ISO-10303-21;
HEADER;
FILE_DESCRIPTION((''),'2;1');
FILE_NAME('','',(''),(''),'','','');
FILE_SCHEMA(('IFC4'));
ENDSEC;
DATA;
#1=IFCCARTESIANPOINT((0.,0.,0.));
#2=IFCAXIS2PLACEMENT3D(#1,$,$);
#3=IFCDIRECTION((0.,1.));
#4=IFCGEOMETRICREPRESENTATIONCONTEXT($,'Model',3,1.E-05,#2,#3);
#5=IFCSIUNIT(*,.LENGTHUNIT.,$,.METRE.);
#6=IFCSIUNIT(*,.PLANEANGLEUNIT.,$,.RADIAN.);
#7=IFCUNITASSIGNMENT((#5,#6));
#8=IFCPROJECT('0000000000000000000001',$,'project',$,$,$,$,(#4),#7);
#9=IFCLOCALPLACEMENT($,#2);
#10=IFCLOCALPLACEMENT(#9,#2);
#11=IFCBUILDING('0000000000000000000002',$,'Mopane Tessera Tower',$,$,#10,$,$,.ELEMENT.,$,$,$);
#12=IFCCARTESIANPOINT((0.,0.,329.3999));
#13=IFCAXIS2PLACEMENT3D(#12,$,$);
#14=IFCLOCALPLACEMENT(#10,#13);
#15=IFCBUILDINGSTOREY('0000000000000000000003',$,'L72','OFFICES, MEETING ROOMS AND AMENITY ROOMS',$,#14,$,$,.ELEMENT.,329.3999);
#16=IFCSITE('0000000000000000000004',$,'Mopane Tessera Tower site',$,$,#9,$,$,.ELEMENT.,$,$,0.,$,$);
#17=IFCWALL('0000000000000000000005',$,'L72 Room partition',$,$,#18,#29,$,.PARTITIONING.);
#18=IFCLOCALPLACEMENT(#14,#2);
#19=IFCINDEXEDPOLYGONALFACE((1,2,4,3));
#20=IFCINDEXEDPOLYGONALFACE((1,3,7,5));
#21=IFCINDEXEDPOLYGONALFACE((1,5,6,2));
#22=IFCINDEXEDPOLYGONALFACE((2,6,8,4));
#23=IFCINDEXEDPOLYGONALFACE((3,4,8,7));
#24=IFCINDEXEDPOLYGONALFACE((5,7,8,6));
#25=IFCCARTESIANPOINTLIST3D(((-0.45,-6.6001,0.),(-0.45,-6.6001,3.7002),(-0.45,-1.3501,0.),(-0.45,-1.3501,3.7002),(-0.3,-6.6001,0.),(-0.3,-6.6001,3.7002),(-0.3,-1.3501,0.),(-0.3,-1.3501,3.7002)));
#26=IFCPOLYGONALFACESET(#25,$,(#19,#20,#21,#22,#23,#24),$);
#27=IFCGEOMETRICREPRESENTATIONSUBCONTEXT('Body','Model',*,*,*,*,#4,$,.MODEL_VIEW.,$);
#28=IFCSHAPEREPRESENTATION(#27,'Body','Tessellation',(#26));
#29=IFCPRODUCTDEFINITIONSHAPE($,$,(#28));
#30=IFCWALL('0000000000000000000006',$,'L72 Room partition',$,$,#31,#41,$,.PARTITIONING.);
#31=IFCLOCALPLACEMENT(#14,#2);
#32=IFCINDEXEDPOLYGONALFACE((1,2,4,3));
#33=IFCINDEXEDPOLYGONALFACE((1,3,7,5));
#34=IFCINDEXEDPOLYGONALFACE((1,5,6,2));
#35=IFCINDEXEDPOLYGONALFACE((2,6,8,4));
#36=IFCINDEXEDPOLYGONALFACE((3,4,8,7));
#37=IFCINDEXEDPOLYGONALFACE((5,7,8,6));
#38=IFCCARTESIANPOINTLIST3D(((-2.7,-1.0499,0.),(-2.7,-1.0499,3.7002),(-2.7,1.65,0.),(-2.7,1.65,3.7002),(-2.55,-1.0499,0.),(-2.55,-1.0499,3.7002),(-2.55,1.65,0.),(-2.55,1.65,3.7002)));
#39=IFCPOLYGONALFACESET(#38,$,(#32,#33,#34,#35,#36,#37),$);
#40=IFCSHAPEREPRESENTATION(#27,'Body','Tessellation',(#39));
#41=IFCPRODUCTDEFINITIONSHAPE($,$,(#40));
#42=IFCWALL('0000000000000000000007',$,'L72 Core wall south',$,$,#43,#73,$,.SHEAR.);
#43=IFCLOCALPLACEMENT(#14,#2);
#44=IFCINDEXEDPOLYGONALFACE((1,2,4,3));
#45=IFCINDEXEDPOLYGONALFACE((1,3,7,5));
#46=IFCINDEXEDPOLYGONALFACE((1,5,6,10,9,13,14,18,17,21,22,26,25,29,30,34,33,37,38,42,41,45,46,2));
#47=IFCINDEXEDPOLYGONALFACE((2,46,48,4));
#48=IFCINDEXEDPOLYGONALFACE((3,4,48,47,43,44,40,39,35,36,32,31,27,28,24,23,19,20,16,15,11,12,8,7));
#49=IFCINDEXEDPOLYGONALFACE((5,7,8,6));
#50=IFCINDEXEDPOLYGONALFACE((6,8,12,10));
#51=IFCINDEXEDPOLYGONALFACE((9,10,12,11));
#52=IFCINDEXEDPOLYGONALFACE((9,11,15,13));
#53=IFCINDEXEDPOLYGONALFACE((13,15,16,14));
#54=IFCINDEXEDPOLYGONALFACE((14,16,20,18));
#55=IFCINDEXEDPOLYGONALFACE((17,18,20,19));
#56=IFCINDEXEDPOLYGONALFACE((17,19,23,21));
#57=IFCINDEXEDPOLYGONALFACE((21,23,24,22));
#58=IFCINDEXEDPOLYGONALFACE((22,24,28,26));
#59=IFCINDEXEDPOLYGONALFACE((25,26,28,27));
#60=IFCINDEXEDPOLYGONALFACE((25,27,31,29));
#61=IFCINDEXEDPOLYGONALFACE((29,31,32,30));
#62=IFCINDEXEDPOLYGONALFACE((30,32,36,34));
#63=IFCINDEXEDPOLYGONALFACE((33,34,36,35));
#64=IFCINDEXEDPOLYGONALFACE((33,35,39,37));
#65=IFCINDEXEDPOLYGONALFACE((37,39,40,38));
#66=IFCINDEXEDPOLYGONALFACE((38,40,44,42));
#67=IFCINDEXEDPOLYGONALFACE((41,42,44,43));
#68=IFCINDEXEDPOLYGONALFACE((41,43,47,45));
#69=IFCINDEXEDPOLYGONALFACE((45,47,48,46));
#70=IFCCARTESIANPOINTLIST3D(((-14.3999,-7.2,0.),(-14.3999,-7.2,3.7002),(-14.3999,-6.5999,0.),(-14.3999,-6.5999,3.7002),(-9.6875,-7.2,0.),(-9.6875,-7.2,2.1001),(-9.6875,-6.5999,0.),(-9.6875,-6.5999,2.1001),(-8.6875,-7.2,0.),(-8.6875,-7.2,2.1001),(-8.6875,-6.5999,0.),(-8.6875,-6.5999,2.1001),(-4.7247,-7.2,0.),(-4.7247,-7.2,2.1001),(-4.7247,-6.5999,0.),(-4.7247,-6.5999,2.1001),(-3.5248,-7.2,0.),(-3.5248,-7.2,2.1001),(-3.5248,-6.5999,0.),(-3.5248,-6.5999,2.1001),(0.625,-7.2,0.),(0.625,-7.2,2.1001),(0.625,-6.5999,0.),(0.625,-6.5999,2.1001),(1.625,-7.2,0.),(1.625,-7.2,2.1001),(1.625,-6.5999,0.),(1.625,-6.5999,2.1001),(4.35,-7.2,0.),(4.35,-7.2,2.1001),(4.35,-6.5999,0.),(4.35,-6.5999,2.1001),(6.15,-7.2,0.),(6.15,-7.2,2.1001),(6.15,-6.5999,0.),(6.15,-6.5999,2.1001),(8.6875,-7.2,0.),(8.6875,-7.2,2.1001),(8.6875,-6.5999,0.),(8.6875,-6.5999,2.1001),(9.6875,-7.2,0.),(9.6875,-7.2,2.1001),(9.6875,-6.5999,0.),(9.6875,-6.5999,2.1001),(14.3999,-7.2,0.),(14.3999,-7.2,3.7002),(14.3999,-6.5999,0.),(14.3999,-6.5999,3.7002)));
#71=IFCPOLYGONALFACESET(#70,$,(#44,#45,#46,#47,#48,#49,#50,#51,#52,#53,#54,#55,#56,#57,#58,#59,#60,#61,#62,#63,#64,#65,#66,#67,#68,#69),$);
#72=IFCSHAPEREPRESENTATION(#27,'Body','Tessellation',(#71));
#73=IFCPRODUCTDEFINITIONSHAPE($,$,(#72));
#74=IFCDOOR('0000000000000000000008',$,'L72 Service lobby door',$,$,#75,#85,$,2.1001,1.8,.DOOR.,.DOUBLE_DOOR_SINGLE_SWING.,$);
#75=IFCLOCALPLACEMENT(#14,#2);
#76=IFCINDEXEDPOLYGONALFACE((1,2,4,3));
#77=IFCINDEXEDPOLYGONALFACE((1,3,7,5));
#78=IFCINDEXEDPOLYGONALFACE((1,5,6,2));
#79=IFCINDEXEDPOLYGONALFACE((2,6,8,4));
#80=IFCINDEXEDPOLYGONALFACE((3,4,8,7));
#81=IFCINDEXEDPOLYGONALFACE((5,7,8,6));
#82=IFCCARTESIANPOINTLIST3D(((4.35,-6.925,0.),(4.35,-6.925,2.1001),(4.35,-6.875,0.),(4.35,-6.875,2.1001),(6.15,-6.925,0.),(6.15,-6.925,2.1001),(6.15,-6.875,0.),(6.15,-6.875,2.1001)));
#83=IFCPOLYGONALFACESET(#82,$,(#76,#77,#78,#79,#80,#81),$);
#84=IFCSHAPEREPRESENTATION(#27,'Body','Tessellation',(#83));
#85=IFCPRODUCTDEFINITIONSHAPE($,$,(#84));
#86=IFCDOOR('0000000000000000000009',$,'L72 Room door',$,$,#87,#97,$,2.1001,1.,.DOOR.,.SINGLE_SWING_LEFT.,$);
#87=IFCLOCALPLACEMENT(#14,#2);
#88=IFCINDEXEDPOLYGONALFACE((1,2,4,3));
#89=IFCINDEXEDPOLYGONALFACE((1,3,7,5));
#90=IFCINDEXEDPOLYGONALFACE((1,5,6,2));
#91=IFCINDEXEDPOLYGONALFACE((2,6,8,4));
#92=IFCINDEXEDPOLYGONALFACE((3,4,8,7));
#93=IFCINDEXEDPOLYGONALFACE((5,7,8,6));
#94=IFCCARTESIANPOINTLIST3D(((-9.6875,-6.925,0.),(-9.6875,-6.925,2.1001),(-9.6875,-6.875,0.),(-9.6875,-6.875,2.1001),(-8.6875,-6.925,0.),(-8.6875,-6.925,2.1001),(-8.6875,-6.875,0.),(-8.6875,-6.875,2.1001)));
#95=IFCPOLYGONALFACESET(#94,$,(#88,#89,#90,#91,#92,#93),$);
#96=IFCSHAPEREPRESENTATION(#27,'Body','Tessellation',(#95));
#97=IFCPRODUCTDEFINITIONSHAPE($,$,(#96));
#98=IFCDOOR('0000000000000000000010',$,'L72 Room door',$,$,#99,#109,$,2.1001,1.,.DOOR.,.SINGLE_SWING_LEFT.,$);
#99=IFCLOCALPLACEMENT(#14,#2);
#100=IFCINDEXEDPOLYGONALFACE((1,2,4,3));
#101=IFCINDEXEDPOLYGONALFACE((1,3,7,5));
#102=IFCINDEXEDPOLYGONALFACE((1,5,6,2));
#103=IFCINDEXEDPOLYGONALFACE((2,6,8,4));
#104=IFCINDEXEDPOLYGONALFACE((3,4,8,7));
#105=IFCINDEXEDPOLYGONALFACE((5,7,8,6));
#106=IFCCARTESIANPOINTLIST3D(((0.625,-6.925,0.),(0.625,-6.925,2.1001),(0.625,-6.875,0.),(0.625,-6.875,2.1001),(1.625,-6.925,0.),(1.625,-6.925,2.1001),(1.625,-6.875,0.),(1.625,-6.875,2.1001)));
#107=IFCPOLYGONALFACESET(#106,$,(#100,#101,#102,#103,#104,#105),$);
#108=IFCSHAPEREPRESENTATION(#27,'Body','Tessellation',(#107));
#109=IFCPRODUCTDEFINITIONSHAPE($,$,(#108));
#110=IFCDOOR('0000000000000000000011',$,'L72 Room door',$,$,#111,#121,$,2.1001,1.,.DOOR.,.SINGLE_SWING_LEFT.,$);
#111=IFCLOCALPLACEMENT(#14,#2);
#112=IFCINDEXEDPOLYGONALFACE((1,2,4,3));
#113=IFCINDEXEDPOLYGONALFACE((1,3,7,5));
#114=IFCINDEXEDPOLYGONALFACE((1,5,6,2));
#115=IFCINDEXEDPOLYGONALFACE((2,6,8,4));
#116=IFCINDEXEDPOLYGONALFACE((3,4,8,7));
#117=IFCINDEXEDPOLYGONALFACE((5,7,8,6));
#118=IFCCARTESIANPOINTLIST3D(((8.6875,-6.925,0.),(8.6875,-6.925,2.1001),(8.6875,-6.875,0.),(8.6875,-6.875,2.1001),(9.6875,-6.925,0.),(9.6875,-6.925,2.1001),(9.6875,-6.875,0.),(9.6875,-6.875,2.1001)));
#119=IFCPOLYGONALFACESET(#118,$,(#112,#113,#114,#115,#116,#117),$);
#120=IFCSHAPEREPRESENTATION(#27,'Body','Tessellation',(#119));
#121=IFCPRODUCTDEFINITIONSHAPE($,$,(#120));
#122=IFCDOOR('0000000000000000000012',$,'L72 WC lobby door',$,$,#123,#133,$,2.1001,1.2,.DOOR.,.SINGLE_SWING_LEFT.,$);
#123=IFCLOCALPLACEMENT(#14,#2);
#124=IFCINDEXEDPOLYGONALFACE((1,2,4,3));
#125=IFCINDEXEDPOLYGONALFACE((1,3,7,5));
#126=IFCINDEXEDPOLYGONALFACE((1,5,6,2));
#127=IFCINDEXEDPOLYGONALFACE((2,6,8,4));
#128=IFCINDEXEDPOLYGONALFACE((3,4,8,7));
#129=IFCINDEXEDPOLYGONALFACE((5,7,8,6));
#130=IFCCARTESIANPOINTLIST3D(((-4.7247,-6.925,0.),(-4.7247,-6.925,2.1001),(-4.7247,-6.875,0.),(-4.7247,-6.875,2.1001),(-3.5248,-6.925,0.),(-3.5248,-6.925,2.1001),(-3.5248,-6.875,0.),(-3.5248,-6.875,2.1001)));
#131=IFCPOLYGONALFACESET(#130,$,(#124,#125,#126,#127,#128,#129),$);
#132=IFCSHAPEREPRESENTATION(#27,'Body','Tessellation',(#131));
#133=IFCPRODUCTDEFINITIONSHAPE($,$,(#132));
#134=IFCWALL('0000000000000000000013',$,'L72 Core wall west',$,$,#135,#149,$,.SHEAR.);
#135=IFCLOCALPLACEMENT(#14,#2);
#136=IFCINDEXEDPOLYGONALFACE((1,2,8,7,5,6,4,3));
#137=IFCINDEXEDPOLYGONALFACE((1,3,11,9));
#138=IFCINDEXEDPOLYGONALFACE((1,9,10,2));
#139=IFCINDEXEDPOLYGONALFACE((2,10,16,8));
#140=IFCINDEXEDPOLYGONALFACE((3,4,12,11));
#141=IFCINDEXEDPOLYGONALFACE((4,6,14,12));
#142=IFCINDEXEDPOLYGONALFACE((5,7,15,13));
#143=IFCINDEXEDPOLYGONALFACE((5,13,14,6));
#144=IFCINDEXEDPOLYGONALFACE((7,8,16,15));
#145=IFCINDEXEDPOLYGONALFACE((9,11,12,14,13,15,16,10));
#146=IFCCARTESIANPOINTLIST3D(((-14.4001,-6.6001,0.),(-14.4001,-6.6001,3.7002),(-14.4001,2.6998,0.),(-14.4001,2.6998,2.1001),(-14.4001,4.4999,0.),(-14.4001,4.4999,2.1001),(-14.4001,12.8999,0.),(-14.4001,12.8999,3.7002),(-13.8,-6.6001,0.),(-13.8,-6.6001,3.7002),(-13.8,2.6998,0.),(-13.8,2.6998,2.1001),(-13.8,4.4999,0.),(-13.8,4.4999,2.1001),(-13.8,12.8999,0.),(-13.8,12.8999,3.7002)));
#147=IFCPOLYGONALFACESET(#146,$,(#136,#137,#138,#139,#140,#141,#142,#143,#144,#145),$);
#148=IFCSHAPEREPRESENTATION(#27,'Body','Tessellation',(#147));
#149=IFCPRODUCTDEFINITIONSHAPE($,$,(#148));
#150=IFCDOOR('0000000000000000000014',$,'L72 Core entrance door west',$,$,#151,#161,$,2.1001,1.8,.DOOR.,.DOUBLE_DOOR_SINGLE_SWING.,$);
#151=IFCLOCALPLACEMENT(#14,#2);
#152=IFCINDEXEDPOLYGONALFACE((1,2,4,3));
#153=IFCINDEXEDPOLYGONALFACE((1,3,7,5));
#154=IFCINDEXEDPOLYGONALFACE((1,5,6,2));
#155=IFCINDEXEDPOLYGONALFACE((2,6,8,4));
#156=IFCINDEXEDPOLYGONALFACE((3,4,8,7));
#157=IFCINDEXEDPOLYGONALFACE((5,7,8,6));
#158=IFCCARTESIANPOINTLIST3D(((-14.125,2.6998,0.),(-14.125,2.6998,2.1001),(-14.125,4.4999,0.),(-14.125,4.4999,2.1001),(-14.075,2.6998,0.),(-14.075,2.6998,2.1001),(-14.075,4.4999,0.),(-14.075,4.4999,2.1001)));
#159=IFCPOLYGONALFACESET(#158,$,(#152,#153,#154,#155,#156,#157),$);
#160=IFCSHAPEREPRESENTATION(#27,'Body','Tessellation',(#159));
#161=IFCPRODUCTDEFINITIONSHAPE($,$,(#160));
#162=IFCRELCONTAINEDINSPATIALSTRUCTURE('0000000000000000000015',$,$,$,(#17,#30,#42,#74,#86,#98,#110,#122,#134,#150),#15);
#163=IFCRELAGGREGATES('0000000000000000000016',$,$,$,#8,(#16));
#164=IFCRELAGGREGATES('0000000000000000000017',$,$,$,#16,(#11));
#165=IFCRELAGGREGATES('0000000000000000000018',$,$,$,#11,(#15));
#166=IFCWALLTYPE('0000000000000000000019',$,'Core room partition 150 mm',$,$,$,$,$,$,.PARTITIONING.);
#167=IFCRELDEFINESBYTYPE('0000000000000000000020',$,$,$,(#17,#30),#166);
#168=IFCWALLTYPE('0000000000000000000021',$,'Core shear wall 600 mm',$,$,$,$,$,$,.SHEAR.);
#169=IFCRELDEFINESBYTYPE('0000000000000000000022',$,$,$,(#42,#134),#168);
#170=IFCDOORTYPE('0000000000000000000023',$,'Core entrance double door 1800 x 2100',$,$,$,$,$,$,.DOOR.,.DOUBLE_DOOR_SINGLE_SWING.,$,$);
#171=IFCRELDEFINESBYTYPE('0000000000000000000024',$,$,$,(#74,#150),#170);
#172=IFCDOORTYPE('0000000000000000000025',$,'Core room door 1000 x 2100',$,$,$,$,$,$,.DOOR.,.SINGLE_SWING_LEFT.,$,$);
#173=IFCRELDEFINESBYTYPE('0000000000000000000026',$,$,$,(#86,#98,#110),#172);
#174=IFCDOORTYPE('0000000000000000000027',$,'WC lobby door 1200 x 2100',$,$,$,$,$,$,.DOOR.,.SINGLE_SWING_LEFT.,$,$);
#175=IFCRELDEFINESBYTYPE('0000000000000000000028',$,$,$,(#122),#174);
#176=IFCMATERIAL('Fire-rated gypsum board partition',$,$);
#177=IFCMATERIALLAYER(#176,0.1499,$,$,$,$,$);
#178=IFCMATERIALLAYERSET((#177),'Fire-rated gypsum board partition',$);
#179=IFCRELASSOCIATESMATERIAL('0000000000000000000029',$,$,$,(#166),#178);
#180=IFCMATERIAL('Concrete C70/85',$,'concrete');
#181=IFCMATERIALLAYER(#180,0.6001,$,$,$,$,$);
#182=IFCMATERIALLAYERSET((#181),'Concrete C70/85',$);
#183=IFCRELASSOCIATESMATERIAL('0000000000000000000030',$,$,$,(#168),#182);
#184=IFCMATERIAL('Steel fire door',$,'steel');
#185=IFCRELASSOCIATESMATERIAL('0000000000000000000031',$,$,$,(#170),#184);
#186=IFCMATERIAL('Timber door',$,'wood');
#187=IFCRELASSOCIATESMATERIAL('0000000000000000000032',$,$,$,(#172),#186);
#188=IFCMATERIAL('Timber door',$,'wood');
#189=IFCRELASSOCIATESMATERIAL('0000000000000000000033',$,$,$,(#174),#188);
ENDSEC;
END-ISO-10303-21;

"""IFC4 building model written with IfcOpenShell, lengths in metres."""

from ifc_helpers import new_model, si_unit, direction, frame, frame_2d, origin, place, context, subcontext, project, spatial, rectangle, extrude, material, layer, layer_set, type_object, element, fill, save


model = new_model("IFC4")

# Units and contexts
model_context = context("Model", 3, precision=1e-05, world=origin(), true_north=direction((0.0, 1.0)))
body_context = subcontext(model_context, "Body", "Model", "MODEL_VIEW")
ifc_project = project(units=[si_unit("LENGTHUNIT", "METRE"), si_unit("PLANEANGLEUNIT", "RADIAN")], contexts=[model_context])

# Site, building, storey
site_placement = place(None, origin())
site = spatial("IfcSite", under=ifc_project, at=site_placement, Name="Mopane Tessera Tower site", CompositionType="ELEMENT", RefElevation=0.0)
building_placement = place(site_placement, origin())
building = spatial("IfcBuilding", under=site, at=building_placement, Name="Mopane Tessera Tower", CompositionType="ELEMENT")
storey_placement = place(building_placement, frame((0.0, 0.0, 329.3999)))
storey = spatial("IfcBuildingStorey", under=building, at=storey_placement, Name="L72", Description="OFFICES, MEETING ROOMS AND AMENITY ROOMS", CompositionType="ELEMENT", Elevation=329.3999)

# Shared definitions
ifc_material_1 = material(Name="Fire-rated gypsum board partition")
ifc_layer_1 = layer(ifc_material_1, 0.1499)
ifc_layer_set_1 = layer_set([ifc_layer_1], Name="Fire-rated gypsum board partition")
wall_type_1 = type_object("IfcWallType", Name="Core room partition 150 mm", PredefinedType="PARTITIONING", material=ifc_layer_set_1)

# Walls
wall_1_placement = place(storey_placement, frame((-0.375, -6.6001, 0.0), z_axis=(0.0, 0.0, 1.0), x_axis=(0.0, 1.0, 0.0)))
element("IfcWall", 1, at=wall_1_placement, inside=storey, type_object=wall_type_1, Name="L72 Room partition", PredefinedType="PARTITIONING", context=body_context, shape_type="SweptSolid", body=[
    extrude(rectangle(XDim=5.25, YDim=0.1499, at=frame_2d((2.625, 0.0))), origin(), (0.0, 0.0, 1.0), 3.7002),
])
wall_2_placement = place(storey_placement, frame((-2.625, -1.05, 0.0), z_axis=(0.0, 0.0, 1.0), x_axis=(0.0, 1.0, 0.0)))
element("IfcWall", 2, at=wall_2_placement, inside=storey, type_object=wall_type_1, Name="L72 Room partition", PredefinedType="PARTITIONING", context=body_context, shape_type="SweptSolid", body=[
    extrude(rectangle(XDim=2.7, YDim=0.1499, at=frame_2d((1.3501, 0.0))), origin(), (0.0, 0.0, 1.0), 3.7002),
])

# Wall, openings, doors
ifc_material_2 = material(Name="Concrete C70/85", Category="concrete")
ifc_layer_2 = layer(ifc_material_2, 0.6001)
ifc_layer_set_2 = layer_set([ifc_layer_2], Name="Concrete C70/85")
wall_type_2 = type_object("IfcWallType", Name="Core shear wall 600 mm", PredefinedType="SHEAR", material=ifc_layer_set_2)
wall_3_placement = place(storey_placement, frame((-14.3999, -6.8999, 0.0), z_axis=(0.0, 0.0, 1.0), x_axis=(1.0, 0.0, 0.0)))
wall_3 = element("IfcWall", 3, at=wall_3_placement, inside=storey, type_object=wall_type_2, Name="L72 Core wall south", PredefinedType="SHEAR", context=body_context, shape_type="SweptSolid", body=[
    extrude(rectangle(XDim=28.7998, YDim=0.6001, at=frame_2d((14.3999, 0.0))), origin(), (0.0, 0.0, 1.0), 3.7002),
])
opening_1_placement = place(wall_3_placement, frame((4.7124, 0.0, 0.0)))
opening_1 = element("IfcOpeningElement", 4, at=opening_1_placement, cuts=wall_3, PredefinedType="OPENING", context=body_context, shape_type="SweptSolid", body=[
    extrude(rectangle(XDim=1.0, YDim=2.1001, at=frame_2d((0.5, 1.05))), frame((0.0, 0.312, 0.0), z_axis=(0.0, -1.0, 0.0), x_axis=(1.0, 0.0, 0.0)), (0.0, 0.0, 1.0), 0.624),
])
opening_2_placement = place(wall_3_placement, frame((9.675, 0.0, 0.0)))
opening_2 = element("IfcOpeningElement", 5, at=opening_2_placement, cuts=wall_3, PredefinedType="OPENING", context=body_context, shape_type="SweptSolid", body=[
    extrude(rectangle(XDim=1.2, YDim=2.1001, at=frame_2d((0.6001, 1.05))), frame((0.0, 0.312, 0.0), z_axis=(0.0, -1.0, 0.0), x_axis=(1.0, 0.0, 0.0)), (0.0, 0.0, 1.0), 0.624),
])
opening_3_placement = place(wall_3_placement, frame((15.0249, 0.0, 0.0)))
opening_3 = element("IfcOpeningElement", 6, at=opening_3_placement, cuts=wall_3, PredefinedType="OPENING", context=body_context, shape_type="SweptSolid", body=[
    extrude(rectangle(XDim=1.0, YDim=2.1001, at=frame_2d((0.5, 1.05))), frame((0.0, 0.312, 0.0), z_axis=(0.0, -1.0, 0.0), x_axis=(1.0, 0.0, 0.0)), (0.0, 0.0, 1.0), 0.624),
])
opening_4_placement = place(wall_3_placement, frame((18.75, 0.0, 0.0)))
opening_4 = element("IfcOpeningElement", 7, at=opening_4_placement, cuts=wall_3, PredefinedType="OPENING", context=body_context, shape_type="SweptSolid", body=[
    extrude(rectangle(XDim=1.8, YDim=2.1001, at=frame_2d((0.8999, 1.05))), frame((0.0, 0.312, 0.0), z_axis=(0.0, -1.0, 0.0), x_axis=(1.0, 0.0, 0.0)), (0.0, 0.0, 1.0), 0.624),
])
opening_5_placement = place(wall_3_placement, frame((23.0874, 0.0, 0.0)))
opening_5 = element("IfcOpeningElement", 8, at=opening_5_placement, cuts=wall_3, PredefinedType="OPENING", context=body_context, shape_type="SweptSolid", body=[
    extrude(rectangle(XDim=1.0, YDim=2.1001, at=frame_2d((0.5, 1.05))), frame((0.0, 0.312, 0.0), z_axis=(0.0, -1.0, 0.0), x_axis=(1.0, 0.0, 0.0)), (0.0, 0.0, 1.0), 0.624),
])
ifc_material_3 = material(Name="Steel fire door", Category="steel")
door_type_1 = type_object("IfcDoorType", Name="Core entrance double door 1800 x 2100", OperationType="DOUBLE_DOOR_SINGLE_SWING", PredefinedType="DOOR", material=ifc_material_3)
door_1_placement = place(opening_4_placement, origin())
door_1 = element("IfcDoor", 9, at=door_1_placement, inside=storey, type_object=door_type_1, Name="L72 Service lobby door", OperationType="DOUBLE_DOOR_SINGLE_SWING", OverallHeight=2.1001, OverallWidth=1.8, PredefinedType="DOOR", context=body_context, shape_type="SweptSolid", body=[
    extrude(rectangle(XDim=1.8, YDim=2.1001, at=frame_2d((0.8999, 1.05))), frame((0.0, 0.0249, 0.0), z_axis=(0.0, -1.0, 0.0), x_axis=(1.0, 0.0, 0.0)), (0.0, 0.0, 1.0), 0.05),
])
fill(opening_4, door_1)
ifc_material_4 = material(Name="Timber door", Category="wood")
door_type_2 = type_object("IfcDoorType", Name="Core room door 1000 x 2100", OperationType="SINGLE_SWING_LEFT", PredefinedType="DOOR", material=ifc_material_4)
door_2_placement = place(opening_1_placement, origin())
door_2 = element("IfcDoor", 10, at=door_2_placement, inside=storey, type_object=door_type_2, Name="L72 Room door", OperationType="SINGLE_SWING_LEFT", OverallHeight=2.1001, OverallWidth=1.0, PredefinedType="DOOR", context=body_context, shape_type="SweptSolid", body=[
    extrude(rectangle(XDim=1.0, YDim=2.1001, at=frame_2d((0.5, 1.05))), frame((0.0, 0.0249, 0.0), z_axis=(0.0, -1.0, 0.0), x_axis=(1.0, 0.0, 0.0)), (0.0, 0.0, 1.0), 0.05),
])
fill(opening_1, door_2)
door_3_placement = place(opening_3_placement, origin())
door_3 = element("IfcDoor", 11, at=door_3_placement, inside=storey, type_object=door_type_2, Name="L72 Room door", OperationType="SINGLE_SWING_LEFT", OverallHeight=2.1001, OverallWidth=1.0, PredefinedType="DOOR", context=body_context, shape_type="SweptSolid", body=[
    extrude(rectangle(XDim=1.0, YDim=2.1001, at=frame_2d((0.5, 1.05))), frame((0.0, 0.0249, 0.0), z_axis=(0.0, -1.0, 0.0), x_axis=(1.0, 0.0, 0.0)), (0.0, 0.0, 1.0), 0.05),
])
fill(opening_3, door_3)
door_4_placement = place(opening_5_placement, origin())
door_4 = element("IfcDoor", 12, at=door_4_placement, inside=storey, type_object=door_type_2, Name="L72 Room door", OperationType="SINGLE_SWING_LEFT", OverallHeight=2.1001, OverallWidth=1.0, PredefinedType="DOOR", context=body_context, shape_type="SweptSolid", body=[
    extrude(rectangle(XDim=1.0, YDim=2.1001, at=frame_2d((0.5, 1.05))), frame((0.0, 0.0249, 0.0), z_axis=(0.0, -1.0, 0.0), x_axis=(1.0, 0.0, 0.0)), (0.0, 0.0, 1.0), 0.05),
])
fill(opening_5, door_4)
ifc_material_5 = material(Name="Timber door", Category="wood")
door_type_3 = type_object("IfcDoorType", Name="WC lobby door 1200 x 2100", OperationType="SINGLE_SWING_LEFT", PredefinedType="DOOR", material=ifc_material_5)
door_5_placement = place(opening_2_placement, origin())
door_5 = element("IfcDoor", 13, at=door_5_placement, inside=storey, type_object=door_type_3, Name="L72 WC lobby door", OperationType="SINGLE_SWING_LEFT", OverallHeight=2.1001, OverallWidth=1.2, PredefinedType="DOOR", context=body_context, shape_type="SweptSolid", body=[
    extrude(rectangle(XDim=1.2, YDim=2.1001, at=frame_2d((0.6001, 1.05))), frame((0.0, 0.0249, 0.0), z_axis=(0.0, -1.0, 0.0), x_axis=(1.0, 0.0, 0.0)), (0.0, 0.0, 1.0), 0.05),
])
fill(opening_2, door_5)

# Wall, opening, door
wall_4_placement = place(storey_placement, frame((-14.1001, -6.6001, 0.0), z_axis=(0.0, 0.0, 1.0), x_axis=(0.0, 1.0, 0.0)))
wall_4 = element("IfcWall", 14, at=wall_4_placement, inside=storey, type_object=wall_type_2, Name="L72 Core wall west", PredefinedType="SHEAR", context=body_context, shape_type="SweptSolid", body=[
    extrude(rectangle(XDim=19.5, YDim=0.6001, at=frame_2d((9.75, 0.0))), origin(), (0.0, 0.0, 1.0), 3.7002),
])
opening_6_placement = place(wall_4_placement, frame((9.3, 0.0, 0.0)))
opening_6 = element("IfcOpeningElement", 15, at=opening_6_placement, cuts=wall_4, PredefinedType="OPENING", context=body_context, shape_type="SweptSolid", body=[
    extrude(rectangle(XDim=1.8, YDim=2.1001, at=frame_2d((0.8999, 1.05))), frame((0.0, 0.312, 0.0), z_axis=(0.0, -1.0, 0.0), x_axis=(1.0, 0.0, 0.0)), (0.0, 0.0, 1.0), 0.624),
])
door_6_placement = place(opening_6_placement, origin())
door_6 = element("IfcDoor", 16, at=door_6_placement, inside=storey, type_object=door_type_1, Name="L72 Core entrance door west", OperationType="DOUBLE_DOOR_SINGLE_SWING", OverallHeight=2.1001, OverallWidth=1.8, PredefinedType="DOOR", context=body_context, shape_type="SweptSolid", body=[
    extrude(rectangle(XDim=1.8, YDim=2.1001, at=frame_2d((0.8999, 1.05))), frame((0.0, 0.0249, 0.0), z_axis=(0.0, -1.0, 0.0), x_axis=(1.0, 0.0, 0.0)), (0.0, 0.0, 1.0), 0.05),
])
fill(opening_6, door_6)

save(model, "model.ifc")
